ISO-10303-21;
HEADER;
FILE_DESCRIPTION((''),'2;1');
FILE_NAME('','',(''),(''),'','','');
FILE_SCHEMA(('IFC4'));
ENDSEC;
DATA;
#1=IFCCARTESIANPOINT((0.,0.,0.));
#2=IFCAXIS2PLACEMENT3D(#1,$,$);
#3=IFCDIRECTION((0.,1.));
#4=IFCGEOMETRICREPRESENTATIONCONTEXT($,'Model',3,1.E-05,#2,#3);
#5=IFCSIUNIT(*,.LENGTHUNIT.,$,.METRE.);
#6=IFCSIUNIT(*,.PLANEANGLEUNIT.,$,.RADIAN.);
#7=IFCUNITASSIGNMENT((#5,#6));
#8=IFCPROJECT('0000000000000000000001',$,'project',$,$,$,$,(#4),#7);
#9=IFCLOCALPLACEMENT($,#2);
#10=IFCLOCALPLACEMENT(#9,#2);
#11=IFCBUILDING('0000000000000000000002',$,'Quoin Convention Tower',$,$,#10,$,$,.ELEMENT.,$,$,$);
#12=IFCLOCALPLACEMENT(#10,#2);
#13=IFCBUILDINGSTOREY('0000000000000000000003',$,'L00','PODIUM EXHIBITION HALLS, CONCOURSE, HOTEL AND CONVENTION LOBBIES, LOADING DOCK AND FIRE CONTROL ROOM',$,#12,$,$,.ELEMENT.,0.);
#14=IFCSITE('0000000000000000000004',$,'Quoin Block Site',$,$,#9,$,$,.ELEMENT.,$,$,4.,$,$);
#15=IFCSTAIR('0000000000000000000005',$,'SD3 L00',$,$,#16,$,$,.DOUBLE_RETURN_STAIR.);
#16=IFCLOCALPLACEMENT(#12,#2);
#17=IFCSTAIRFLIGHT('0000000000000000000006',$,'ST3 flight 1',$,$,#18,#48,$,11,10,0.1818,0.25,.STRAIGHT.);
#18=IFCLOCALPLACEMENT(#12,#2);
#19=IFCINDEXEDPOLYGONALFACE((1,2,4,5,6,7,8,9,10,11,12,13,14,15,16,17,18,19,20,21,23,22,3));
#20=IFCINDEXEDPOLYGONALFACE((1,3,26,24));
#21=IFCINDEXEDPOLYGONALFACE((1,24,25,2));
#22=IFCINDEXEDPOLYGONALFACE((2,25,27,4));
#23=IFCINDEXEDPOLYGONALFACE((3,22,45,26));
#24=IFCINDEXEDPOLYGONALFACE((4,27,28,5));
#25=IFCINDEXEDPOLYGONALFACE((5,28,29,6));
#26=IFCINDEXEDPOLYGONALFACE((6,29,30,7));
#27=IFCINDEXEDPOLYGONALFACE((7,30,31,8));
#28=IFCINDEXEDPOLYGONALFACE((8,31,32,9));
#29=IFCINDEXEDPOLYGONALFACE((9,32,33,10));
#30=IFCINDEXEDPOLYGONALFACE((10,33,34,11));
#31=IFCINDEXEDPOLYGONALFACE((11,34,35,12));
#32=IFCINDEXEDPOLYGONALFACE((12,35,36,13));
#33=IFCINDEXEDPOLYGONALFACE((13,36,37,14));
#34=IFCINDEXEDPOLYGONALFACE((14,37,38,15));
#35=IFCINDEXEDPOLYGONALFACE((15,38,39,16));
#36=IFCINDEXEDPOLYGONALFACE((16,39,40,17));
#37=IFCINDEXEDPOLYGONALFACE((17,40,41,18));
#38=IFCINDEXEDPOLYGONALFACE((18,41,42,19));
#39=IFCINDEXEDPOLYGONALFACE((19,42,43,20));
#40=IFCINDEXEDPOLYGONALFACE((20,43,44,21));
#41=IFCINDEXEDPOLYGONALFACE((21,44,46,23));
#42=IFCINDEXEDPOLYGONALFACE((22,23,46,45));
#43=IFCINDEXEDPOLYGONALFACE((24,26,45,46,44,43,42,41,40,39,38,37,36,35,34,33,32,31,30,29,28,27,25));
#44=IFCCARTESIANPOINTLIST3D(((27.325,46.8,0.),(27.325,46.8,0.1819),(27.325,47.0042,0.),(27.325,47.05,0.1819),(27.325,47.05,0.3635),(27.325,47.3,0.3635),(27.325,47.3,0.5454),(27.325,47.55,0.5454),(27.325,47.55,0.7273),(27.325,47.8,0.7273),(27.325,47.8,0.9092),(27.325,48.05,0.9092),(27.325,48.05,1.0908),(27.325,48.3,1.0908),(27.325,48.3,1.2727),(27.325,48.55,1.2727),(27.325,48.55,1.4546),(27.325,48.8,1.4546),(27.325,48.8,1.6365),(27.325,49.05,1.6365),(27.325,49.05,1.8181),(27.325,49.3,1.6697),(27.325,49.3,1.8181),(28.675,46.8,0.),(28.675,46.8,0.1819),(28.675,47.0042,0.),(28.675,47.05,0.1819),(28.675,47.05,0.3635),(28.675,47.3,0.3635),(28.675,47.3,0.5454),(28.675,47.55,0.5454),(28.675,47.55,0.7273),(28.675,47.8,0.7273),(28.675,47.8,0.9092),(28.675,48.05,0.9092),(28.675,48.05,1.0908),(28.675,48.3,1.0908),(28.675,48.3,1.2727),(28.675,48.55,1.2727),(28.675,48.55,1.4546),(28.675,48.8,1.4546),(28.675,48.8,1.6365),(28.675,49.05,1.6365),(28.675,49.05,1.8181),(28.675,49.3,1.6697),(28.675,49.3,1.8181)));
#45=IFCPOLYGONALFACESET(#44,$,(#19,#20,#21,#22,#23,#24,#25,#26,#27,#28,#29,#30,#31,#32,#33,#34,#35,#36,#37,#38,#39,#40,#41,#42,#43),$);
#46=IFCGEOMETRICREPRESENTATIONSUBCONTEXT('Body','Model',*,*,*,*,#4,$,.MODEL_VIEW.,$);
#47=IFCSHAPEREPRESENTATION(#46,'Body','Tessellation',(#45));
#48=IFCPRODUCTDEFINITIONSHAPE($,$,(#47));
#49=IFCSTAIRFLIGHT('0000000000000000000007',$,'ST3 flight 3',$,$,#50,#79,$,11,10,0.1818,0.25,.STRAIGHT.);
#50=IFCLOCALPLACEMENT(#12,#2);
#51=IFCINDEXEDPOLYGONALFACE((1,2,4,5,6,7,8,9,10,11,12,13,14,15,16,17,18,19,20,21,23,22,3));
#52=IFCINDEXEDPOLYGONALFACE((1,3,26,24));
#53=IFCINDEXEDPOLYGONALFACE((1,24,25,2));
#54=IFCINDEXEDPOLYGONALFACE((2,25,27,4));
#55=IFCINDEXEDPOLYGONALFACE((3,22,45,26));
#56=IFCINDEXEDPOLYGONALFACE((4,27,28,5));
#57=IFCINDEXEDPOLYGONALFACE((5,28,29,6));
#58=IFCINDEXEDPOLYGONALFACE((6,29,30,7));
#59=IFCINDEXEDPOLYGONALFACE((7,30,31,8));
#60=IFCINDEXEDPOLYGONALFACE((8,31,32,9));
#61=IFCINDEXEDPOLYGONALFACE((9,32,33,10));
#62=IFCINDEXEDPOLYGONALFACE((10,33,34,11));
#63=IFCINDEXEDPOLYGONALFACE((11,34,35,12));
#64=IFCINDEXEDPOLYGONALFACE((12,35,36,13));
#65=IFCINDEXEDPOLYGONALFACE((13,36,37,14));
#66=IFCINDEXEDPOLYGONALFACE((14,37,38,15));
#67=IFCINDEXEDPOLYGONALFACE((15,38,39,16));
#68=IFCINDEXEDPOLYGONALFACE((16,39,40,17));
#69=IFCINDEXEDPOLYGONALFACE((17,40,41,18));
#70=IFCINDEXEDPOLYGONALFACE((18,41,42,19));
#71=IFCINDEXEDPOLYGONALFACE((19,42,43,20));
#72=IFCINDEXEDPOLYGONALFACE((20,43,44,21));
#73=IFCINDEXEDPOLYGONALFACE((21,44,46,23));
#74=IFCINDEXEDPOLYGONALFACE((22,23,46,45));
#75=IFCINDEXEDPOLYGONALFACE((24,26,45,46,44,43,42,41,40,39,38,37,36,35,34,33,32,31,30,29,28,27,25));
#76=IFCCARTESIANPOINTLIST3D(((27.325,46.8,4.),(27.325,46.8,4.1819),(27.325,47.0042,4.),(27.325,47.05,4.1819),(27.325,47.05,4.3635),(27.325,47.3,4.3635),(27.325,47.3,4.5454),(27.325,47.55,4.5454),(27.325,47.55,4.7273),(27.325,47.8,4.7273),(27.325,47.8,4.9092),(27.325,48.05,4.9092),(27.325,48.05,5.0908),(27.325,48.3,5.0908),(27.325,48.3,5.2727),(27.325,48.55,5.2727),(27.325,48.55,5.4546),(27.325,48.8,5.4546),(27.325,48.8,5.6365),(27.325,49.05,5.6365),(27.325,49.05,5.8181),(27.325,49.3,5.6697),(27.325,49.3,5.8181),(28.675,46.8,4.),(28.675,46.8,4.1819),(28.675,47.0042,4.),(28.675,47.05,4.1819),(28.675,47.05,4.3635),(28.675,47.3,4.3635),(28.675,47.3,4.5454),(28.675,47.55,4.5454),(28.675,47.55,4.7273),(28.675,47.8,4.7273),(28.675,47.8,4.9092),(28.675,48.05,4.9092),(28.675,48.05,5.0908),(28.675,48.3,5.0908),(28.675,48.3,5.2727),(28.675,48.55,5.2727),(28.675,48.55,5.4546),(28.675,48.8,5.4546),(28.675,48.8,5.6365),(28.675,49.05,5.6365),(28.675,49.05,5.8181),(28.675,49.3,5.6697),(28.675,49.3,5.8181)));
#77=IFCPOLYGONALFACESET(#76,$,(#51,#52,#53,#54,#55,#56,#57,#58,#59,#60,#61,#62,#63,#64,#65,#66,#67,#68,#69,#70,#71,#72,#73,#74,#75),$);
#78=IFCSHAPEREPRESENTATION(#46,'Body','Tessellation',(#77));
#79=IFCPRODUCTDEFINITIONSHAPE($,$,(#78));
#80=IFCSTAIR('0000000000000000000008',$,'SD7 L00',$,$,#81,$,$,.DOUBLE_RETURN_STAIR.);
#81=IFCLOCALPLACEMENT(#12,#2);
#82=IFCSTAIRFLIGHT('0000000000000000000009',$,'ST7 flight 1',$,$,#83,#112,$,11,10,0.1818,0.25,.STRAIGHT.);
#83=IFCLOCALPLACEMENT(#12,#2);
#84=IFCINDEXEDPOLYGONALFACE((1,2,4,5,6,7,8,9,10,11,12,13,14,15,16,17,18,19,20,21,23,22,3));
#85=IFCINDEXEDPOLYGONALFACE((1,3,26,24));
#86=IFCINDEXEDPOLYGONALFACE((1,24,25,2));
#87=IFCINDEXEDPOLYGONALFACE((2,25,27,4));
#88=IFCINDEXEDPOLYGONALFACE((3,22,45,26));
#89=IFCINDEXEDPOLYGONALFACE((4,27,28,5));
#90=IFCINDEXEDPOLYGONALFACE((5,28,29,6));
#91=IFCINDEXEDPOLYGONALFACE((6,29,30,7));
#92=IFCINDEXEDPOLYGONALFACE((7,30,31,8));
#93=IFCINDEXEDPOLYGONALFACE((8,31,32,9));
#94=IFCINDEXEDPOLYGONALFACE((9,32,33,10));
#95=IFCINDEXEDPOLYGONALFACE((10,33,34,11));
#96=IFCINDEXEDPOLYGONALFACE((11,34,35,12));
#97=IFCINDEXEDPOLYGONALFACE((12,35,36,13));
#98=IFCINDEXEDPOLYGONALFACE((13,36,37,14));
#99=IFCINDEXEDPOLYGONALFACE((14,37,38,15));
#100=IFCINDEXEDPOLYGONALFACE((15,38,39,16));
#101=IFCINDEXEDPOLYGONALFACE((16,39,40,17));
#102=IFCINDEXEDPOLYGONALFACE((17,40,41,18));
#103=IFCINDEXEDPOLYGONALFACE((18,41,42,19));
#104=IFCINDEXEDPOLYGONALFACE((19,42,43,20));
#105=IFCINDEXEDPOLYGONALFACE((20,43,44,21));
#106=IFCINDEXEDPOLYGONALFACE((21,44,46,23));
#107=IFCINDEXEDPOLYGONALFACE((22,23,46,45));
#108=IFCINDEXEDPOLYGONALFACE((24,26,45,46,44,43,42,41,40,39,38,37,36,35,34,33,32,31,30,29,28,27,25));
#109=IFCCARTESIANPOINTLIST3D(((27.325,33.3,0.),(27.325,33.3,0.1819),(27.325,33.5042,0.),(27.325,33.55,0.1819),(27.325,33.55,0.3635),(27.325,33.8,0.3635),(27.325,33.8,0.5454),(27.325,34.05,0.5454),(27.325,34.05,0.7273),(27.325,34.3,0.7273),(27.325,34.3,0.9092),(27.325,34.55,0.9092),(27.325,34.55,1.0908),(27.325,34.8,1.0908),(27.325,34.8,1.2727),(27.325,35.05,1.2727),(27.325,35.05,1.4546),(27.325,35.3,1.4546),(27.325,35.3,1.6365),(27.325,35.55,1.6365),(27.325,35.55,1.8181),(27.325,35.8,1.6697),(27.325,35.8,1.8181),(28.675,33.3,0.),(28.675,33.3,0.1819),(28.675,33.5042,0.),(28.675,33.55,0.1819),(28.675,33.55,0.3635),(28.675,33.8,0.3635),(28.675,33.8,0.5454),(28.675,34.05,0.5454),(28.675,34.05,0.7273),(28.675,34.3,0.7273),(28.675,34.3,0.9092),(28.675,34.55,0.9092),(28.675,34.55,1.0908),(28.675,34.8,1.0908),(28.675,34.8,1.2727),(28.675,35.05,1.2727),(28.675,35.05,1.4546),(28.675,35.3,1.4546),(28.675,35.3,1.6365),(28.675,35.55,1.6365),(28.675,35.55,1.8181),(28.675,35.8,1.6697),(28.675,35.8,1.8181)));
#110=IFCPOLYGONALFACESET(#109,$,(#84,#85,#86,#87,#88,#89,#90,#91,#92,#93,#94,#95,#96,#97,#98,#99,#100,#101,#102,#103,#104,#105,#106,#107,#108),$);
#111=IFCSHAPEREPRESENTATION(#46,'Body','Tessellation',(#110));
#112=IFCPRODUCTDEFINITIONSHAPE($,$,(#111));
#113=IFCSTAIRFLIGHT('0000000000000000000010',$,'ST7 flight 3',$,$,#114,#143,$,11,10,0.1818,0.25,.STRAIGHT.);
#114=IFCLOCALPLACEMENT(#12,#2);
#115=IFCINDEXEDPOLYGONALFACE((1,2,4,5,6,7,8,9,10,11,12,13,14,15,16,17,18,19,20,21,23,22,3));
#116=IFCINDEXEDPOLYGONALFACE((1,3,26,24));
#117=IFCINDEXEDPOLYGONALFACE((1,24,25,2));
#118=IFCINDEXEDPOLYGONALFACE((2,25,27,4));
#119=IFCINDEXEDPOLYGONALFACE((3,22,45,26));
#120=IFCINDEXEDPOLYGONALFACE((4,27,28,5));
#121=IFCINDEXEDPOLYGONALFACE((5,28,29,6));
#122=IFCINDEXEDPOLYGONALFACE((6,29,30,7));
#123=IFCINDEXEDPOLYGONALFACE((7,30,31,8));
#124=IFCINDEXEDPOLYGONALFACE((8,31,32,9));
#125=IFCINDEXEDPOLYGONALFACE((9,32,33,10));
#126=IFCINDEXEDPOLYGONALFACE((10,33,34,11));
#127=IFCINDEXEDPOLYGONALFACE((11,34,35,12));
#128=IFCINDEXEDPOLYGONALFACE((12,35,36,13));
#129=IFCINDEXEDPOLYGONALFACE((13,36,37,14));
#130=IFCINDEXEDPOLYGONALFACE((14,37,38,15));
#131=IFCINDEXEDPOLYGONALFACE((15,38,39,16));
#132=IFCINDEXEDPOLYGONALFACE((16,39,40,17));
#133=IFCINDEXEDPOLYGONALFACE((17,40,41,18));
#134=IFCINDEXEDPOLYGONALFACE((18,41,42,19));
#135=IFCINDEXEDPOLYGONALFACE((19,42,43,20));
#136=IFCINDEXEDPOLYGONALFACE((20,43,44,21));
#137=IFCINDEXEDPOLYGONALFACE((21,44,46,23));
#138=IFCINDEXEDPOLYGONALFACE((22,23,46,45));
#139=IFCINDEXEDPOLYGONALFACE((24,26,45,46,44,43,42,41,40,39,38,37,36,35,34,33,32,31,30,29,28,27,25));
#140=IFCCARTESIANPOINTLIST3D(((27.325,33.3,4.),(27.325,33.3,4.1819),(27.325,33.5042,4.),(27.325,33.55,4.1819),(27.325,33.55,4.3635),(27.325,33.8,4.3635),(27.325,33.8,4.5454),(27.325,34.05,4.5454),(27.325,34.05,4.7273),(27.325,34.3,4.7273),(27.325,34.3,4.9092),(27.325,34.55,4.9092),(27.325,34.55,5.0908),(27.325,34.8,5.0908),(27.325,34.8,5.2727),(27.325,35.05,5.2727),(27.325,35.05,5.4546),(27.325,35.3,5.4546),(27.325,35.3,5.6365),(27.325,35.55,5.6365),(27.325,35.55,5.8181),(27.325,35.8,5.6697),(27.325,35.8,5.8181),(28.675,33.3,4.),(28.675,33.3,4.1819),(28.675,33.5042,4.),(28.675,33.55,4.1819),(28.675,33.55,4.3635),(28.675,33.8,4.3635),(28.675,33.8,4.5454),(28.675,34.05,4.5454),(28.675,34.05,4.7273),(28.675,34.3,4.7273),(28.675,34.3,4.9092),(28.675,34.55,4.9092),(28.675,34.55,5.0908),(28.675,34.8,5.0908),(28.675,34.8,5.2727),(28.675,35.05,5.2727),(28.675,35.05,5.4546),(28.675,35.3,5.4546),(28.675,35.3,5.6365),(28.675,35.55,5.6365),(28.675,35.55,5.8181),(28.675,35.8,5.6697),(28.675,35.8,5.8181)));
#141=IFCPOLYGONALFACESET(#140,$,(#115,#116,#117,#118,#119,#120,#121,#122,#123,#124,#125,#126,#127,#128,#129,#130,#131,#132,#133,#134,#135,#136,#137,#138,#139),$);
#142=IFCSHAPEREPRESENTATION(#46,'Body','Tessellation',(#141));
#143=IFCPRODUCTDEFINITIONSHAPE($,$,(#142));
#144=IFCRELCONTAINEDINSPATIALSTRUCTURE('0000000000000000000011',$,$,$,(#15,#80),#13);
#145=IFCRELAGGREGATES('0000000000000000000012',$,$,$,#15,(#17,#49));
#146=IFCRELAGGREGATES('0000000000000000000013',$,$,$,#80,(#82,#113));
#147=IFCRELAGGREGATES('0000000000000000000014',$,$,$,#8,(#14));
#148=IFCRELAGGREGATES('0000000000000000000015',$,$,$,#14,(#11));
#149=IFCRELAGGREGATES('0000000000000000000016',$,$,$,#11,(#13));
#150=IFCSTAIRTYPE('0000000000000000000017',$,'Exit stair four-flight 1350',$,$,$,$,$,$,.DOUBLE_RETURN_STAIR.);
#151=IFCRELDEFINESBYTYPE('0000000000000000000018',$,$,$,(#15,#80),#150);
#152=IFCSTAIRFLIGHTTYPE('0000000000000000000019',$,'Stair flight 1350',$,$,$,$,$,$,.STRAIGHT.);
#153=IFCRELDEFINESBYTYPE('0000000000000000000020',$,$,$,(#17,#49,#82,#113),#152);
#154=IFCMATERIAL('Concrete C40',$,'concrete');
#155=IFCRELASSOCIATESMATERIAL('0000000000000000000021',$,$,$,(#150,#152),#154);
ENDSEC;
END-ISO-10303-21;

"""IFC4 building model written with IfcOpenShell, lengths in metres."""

from ifc_helpers import new_model, si_unit, direction, frame, origin, place, context, subcontext, project, spatial, polyline, outline, extrude, material, type_object, element, aggregate, save


model = new_model("IFC4")

# Units and contexts
model_context = context("Model", 3, precision=1e-05, world=origin(), true_north=direction((0.0, 1.0)))
body_context = subcontext(model_context, "Body", "Model", "MODEL_VIEW")
ifc_project = project(units=[si_unit("LENGTHUNIT", "METRE"), si_unit("PLANEANGLEUNIT", "RADIAN")], contexts=[model_context])

# Site, building, storey
site_placement = place(None, origin())
site = spatial("IfcSite", under=ifc_project, at=site_placement, Name="Quoin Block Site", CompositionType="ELEMENT", RefElevation=4.0)
building_placement = place(site_placement, origin())
building = spatial("IfcBuilding", under=site, at=building_placement, Name="Quoin Convention Tower", CompositionType="ELEMENT")
storey_placement = place(building_placement, origin())
storey = spatial("IfcBuildingStorey", under=building, at=storey_placement, Name="L00", Description="PODIUM EXHIBITION HALLS, CONCOURSE, HOTEL AND CONVENTION LOBBIES, LOADING DOCK AND FIRE CONTROL ROOM", CompositionType="ELEMENT", Elevation=0.0)

# Stairs, stair flights
ifc_material_1 = material(Name="Concrete C40", Category="concrete")
stair_type = type_object("IfcStairType", Name="Exit stair four-flight 1350", PredefinedType="DOUBLE_RETURN_STAIR", material=ifc_material_1)
stair_1_placement = place(storey_placement, origin())
stair_1 = element("IfcStair", 1, at=stair_1_placement, inside=storey, type_object=stair_type, Name="SD3 L00", PredefinedType="DOUBLE_RETURN_STAIR")
stair_flight_type = type_object("IfcStairFlightType", Name="Stair flight 1350", PredefinedType="STRAIGHT", material=ifc_material_1)
stair_flight_1_placement = place(storey_placement, frame((28.0, 46.8, 0.0), z_axis=(0.0, 0.0, 1.0), x_axis=(0.0, 1.0, 0.0)))
stair_flight_1 = element("IfcStairFlight", 2, at=stair_flight_1_placement, type_object=stair_flight_type, Name="ST3 flight 1", NumberOfRisers=11, NumberOfTreads=10, PredefinedType="STRAIGHT", RiserHeight=0.1818, TreadLength=0.25, context=body_context, shape_type="SweptSolid", body=[
    extrude(outline(polyline([(0.0, 0.0), (0.0, 0.1819), (0.25, 0.1819), (0.25, 0.3635), (0.5, 0.3635), (0.5, 0.5454), (0.75, 0.5454), (0.75, 0.7273), (1.0, 0.7273), (1.0, 0.9092), (1.25, 0.9092), (1.25, 1.0908), (1.5, 1.0908), (1.5, 1.2727), (1.75, 1.2727), (1.75, 1.4546), (2.0, 1.4546), (2.0, 1.6365), (2.25, 1.6365), (2.25, 1.8181), (2.5, 1.8181), (2.5, 2.0), (2.5, 1.6697), (0.2041, 0.0), (0.0, 0.0)])), frame((0.0, 0.675, 0.0), z_axis=(0.0, -1.0, 0.0), x_axis=(1.0, 0.0, 0.0)), (0.0, 0.0, 1.0), 1.3501),
])
stair_flight_2_placement = place(storey_placement, frame((28.0, 46.8, 4.0), z_axis=(0.0, 0.0, 1.0), x_axis=(0.0, 1.0, 0.0)))
stair_flight_2 = element("IfcStairFlight", 3, at=stair_flight_2_placement, type_object=stair_flight_type, Name="ST3 flight 3", NumberOfRisers=11, NumberOfTreads=10, PredefinedType="STRAIGHT", RiserHeight=0.1818, TreadLength=0.25, context=body_context, shape_type="SweptSolid", body=[
    extrude(outline(polyline([(0.0, 0.0), (0.0, 0.1819), (0.25, 0.1819), (0.25, 0.3635), (0.5, 0.3635), (0.5, 0.5454), (0.75, 0.5454), (0.75, 0.7273), (1.0, 0.7273), (1.0, 0.9092), (1.25, 0.9092), (1.25, 1.0908), (1.5, 1.0908), (1.5, 1.2727), (1.75, 1.2727), (1.75, 1.4546), (2.0, 1.4546), (2.0, 1.6365), (2.25, 1.6365), (2.25, 1.8181), (2.5, 1.8181), (2.5, 2.0), (2.5, 1.6697), (0.2041, 0.0), (0.0, 0.0)])), frame((0.0, 0.675, 0.0), z_axis=(0.0, -1.0, 0.0), x_axis=(1.0, 0.0, 0.0)), (0.0, 0.0, 1.0), 1.3501),
])
aggregate(stair_1, [stair_flight_1, stair_flight_2])
stair_2_placement = place(storey_placement, origin())
stair_2 = element("IfcStair", 4, at=stair_2_placement, inside=storey, type_object=stair_type, Name="SD7 L00", PredefinedType="DOUBLE_RETURN_STAIR")
stair_flight_3_placement = place(storey_placement, frame((28.0, 33.3, 0.0), z_axis=(0.0, 0.0, 1.0), x_axis=(0.0, 1.0, 0.0)))
stair_flight_3 = element("IfcStairFlight", 5, at=stair_flight_3_placement, type_object=stair_flight_type, Name="ST7 flight 1", NumberOfRisers=11, NumberOfTreads=10, PredefinedType="STRAIGHT", RiserHeight=0.1818, TreadLength=0.25, context=body_context, shape_type="SweptSolid", body=[
    extrude(outline(polyline([(0.0, 0.0), (0.0, 0.1819), (0.25, 0.1819), (0.25, 0.3635), (0.5, 0.3635), (0.5, 0.5454), (0.75, 0.5454), (0.75, 0.7273), (1.0, 0.7273), (1.0, 0.9092), (1.25, 0.9092), (1.25, 1.0908), (1.5, 1.0908), (1.5, 1.2727), (1.75, 1.2727), (1.75, 1.4546), (2.0, 1.4546), (2.0, 1.6365), (2.25, 1.6365), (2.25, 1.8181), (2.5, 1.8181), (2.5, 2.0), (2.5, 1.6697), (0.2041, 0.0), (0.0, 0.0)])), frame((0.0, 0.675, 0.0), z_axis=(0.0, -1.0, 0.0), x_axis=(1.0, 0.0, 0.0)), (0.0, 0.0, 1.0), 1.3501),
])
stair_flight_4_placement = place(storey_placement, frame((28.0, 33.3, 4.0), z_axis=(0.0, 0.0, 1.0), x_axis=(0.0, 1.0, 0.0)))
stair_flight_4 = element("IfcStairFlight", 6, at=stair_flight_4_placement, type_object=stair_flight_type, Name="ST7 flight 3", NumberOfRisers=11, NumberOfTreads=10, PredefinedType="STRAIGHT", RiserHeight=0.1818, TreadLength=0.25, context=body_context, shape_type="SweptSolid", body=[
    extrude(outline(polyline([(0.0, 0.0), (0.0, 0.1819), (0.25, 0.1819), (0.25, 0.3635), (0.5, 0.3635), (0.5, 0.5454), (0.75, 0.5454), (0.75, 0.7273), (1.0, 0.7273), (1.0, 0.9092), (1.25, 0.9092), (1.25, 1.0908), (1.5, 1.0908), (1.5, 1.2727), (1.75, 1.2727), (1.75, 1.4546), (2.0, 1.4546), (2.0, 1.6365), (2.25, 1.6365), (2.25, 1.8181), (2.5, 1.8181), (2.5, 2.0), (2.5, 1.6697), (0.2041, 0.0), (0.0, 0.0)])), frame((0.0, 0.675, 0.0), z_axis=(0.0, -1.0, 0.0), x_axis=(1.0, 0.0, 0.0)), (0.0, 0.0, 1.0), 1.3501),
])
aggregate(stair_2, [stair_flight_3, stair_flight_4])

save(model, "model.ifc")
